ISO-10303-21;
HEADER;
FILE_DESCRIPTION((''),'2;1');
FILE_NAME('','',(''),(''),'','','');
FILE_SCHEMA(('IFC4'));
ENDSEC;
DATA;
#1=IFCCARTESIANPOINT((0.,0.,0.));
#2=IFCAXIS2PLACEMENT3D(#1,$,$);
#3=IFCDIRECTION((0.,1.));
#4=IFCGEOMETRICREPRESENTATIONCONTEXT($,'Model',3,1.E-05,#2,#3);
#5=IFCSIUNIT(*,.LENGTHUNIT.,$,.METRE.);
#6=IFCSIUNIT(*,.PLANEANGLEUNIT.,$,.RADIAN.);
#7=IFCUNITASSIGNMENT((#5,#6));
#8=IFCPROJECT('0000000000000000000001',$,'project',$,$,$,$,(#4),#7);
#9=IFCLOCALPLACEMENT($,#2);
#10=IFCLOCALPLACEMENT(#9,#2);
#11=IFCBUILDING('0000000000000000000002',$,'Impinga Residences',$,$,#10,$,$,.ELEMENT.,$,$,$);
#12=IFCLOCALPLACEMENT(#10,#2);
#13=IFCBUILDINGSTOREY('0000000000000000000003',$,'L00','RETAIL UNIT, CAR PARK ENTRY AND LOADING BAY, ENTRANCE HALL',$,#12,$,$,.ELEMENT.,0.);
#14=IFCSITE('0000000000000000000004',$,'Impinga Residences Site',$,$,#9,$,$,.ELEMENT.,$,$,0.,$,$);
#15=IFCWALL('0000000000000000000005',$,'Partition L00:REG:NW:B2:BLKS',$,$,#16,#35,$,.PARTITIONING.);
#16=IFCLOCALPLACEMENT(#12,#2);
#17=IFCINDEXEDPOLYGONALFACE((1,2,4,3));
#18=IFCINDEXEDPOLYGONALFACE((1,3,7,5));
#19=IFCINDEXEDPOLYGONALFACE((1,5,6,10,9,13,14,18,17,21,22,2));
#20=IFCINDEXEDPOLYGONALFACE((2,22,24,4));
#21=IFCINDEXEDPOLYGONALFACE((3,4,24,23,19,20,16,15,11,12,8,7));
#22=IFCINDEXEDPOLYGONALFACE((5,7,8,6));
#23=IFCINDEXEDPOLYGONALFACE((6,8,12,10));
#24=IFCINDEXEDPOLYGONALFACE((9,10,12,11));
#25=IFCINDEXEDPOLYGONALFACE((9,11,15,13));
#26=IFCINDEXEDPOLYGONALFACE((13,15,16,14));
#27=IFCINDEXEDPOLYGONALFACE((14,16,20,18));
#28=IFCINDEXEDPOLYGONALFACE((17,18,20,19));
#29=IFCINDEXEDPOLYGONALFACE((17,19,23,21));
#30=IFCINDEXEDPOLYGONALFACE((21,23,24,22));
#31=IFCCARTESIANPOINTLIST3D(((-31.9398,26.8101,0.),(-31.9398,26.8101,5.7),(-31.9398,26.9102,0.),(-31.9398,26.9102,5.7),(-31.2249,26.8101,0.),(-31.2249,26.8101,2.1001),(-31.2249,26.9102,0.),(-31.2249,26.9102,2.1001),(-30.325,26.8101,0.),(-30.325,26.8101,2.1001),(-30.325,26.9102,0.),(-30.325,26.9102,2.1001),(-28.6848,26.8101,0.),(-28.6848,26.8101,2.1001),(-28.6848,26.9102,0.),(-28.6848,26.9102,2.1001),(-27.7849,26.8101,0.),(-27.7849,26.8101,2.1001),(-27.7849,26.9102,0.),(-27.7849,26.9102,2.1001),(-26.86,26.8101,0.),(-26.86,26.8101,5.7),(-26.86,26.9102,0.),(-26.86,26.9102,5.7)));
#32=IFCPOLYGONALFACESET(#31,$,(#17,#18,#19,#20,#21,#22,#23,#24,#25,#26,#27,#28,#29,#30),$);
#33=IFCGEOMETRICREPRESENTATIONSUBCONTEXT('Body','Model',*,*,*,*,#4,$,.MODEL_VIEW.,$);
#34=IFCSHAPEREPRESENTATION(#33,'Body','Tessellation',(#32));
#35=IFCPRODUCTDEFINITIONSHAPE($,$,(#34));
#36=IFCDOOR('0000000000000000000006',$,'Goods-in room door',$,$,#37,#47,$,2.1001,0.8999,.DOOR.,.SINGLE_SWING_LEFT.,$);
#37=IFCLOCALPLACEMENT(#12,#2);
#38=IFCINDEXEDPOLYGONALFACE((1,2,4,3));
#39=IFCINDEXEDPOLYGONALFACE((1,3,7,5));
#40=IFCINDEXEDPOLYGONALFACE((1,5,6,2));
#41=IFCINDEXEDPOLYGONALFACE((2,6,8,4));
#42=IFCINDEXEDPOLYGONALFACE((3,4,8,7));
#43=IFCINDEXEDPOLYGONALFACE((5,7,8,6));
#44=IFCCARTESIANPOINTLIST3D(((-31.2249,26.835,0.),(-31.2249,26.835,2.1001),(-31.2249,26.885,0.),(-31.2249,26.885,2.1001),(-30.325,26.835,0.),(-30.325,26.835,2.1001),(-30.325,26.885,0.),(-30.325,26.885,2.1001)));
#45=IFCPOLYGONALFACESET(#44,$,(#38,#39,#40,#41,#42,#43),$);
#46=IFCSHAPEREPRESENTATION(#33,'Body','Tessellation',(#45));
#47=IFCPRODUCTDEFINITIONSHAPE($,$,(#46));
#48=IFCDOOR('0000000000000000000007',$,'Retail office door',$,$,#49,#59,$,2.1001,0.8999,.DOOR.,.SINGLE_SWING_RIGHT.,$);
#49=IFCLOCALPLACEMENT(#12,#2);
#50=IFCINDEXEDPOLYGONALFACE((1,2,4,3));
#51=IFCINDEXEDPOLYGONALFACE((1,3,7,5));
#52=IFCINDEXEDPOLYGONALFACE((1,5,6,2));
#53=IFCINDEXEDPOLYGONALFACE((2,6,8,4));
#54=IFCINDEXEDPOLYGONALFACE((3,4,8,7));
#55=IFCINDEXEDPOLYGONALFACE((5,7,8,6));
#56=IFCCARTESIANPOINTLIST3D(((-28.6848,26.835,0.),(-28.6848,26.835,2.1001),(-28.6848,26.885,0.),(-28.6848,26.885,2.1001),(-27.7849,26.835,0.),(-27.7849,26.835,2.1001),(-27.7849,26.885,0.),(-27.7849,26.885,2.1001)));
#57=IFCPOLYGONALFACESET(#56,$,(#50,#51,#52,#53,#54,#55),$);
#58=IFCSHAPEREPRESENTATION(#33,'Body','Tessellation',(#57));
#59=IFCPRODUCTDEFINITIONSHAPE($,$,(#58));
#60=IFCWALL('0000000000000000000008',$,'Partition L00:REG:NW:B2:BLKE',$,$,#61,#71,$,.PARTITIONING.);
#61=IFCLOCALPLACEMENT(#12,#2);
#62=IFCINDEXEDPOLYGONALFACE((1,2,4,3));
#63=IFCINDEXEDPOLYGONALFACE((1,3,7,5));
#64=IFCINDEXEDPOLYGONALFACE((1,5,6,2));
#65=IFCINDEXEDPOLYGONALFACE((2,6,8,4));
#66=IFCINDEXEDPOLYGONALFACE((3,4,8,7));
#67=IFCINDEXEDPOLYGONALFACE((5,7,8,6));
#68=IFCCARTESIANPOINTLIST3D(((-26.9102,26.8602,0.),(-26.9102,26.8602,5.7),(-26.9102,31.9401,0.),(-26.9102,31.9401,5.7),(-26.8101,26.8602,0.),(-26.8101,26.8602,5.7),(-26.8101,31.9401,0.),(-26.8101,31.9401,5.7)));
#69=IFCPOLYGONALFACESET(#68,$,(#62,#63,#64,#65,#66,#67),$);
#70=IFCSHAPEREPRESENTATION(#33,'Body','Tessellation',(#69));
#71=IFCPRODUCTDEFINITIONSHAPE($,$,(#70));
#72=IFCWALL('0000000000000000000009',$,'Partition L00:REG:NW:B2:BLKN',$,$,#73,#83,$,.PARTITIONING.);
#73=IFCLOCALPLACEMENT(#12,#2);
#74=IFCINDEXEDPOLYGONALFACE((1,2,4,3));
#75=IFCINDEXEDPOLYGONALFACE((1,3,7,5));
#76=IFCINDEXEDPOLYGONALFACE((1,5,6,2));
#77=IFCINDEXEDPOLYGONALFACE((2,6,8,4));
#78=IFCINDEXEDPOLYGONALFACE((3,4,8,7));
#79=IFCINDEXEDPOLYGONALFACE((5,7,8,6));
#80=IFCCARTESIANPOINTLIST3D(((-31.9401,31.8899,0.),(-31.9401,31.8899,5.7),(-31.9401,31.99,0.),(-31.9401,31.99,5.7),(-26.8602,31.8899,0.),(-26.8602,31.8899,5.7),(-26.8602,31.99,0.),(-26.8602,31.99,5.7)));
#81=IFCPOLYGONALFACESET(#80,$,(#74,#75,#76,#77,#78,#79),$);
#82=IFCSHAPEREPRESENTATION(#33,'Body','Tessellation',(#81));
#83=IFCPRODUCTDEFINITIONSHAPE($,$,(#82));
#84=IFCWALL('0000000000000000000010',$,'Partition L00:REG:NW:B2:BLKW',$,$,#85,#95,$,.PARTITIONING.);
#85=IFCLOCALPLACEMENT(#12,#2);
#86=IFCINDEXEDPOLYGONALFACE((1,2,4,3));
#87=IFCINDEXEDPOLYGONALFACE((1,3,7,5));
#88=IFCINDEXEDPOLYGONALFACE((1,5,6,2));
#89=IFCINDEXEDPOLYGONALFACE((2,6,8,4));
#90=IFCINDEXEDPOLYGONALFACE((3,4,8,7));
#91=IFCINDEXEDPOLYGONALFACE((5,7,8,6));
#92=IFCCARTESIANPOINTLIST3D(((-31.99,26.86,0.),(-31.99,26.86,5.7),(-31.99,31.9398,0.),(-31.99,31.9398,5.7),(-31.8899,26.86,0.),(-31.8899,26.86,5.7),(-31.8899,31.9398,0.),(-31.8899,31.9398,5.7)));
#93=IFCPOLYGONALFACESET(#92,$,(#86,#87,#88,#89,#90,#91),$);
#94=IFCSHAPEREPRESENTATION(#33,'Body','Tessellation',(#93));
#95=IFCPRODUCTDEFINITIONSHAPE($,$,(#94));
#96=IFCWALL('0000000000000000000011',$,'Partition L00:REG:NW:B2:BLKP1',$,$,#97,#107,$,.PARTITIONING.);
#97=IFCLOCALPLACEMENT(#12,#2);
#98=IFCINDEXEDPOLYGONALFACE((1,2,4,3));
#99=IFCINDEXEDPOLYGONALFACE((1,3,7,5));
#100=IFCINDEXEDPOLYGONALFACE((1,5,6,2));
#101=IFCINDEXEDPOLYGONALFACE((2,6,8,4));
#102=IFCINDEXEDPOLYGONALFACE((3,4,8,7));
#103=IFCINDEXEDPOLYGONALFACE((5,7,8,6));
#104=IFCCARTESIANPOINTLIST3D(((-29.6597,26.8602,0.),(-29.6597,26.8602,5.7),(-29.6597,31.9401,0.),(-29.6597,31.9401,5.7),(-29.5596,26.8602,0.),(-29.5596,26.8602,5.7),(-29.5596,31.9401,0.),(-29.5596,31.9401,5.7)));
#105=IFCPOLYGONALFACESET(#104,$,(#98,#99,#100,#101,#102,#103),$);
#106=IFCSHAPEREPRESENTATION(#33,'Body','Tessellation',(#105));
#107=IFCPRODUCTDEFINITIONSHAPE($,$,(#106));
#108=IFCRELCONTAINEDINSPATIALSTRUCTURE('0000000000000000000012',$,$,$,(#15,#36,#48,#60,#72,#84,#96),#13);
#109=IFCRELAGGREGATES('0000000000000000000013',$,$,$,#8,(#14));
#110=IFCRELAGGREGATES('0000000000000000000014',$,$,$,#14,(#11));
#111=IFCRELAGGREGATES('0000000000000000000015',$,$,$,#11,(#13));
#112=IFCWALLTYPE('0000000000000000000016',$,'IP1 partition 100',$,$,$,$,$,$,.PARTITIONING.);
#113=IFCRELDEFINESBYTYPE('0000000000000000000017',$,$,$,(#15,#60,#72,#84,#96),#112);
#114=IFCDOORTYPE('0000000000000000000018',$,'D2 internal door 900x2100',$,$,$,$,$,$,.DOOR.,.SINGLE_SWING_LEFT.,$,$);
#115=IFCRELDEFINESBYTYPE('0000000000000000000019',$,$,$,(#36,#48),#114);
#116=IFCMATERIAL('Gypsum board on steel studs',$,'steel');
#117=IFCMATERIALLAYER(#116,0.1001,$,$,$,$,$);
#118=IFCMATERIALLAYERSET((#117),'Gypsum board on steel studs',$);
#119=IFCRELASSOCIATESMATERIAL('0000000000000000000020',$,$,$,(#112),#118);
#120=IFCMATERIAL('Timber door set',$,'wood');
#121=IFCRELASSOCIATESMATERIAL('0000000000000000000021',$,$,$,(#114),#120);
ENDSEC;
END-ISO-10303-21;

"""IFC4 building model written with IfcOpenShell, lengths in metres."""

from ifc_helpers import new_model, si_unit, direction, frame, frame_2d, origin, place, context, subcontext, project, spatial, rectangle, extrude, material, layer, layer_set, type_object, element, fill, save


model = new_model("IFC4")

# Units and contexts
model_context = context("Model", 3, precision=1e-05, world=origin(), true_north=direction((0.0, 1.0)))
body_context = subcontext(model_context, "Body", "Model", "MODEL_VIEW")
ifc_project = project(units=[si_unit("LENGTHUNIT", "METRE"), si_unit("PLANEANGLEUNIT", "RADIAN")], contexts=[model_context])

# Site, building, storey
site_placement = place(None, origin())
site = spatial("IfcSite", under=ifc_project, at=site_placement, Name="Impinga Residences Site", CompositionType="ELEMENT", RefElevation=0.0)
building_placement = place(site_placement, origin())
building = spatial("IfcBuilding", under=site, at=building_placement, Name="Impinga Residences", CompositionType="ELEMENT")
storey_placement = place(building_placement, origin())
storey = spatial("IfcBuildingStorey", under=building, at=storey_placement, Name="L00", Description="RETAIL UNIT, CAR PARK ENTRY AND LOADING BAY, ENTRANCE HALL", CompositionType="ELEMENT", Elevation=0.0)

# Wall, openings, doors
ifc_material_1 = material(Name="Gypsum board on steel studs", Category="steel")
ifc_layer = layer(ifc_material_1, 0.1001)
ifc_layer_set = layer_set([ifc_layer], Name="Gypsum board on steel studs")
wall_type = type_object("IfcWallType", Name="IP1 partition 100", PredefinedType="PARTITIONING", material=ifc_layer_set)
wall_placement = place(storey_placement, frame((-31.9399, 26.8601, 0.0), z_axis=(0.0, 0.0, 1.0), x_axis=(1.0, 0.0, 0.0)))
wall = element("IfcWall", 1, at=wall_placement, inside=storey, type_object=wall_type, Name="Partition L00:REG:NW:B2:BLKS", PredefinedType="PARTITIONING", context=body_context, shape_type="SweptSolid", body=[
    extrude(rectangle(XDim=5.0798, YDim=0.1001, at=frame_2d((2.54, 0.0))), origin(), (0.0, 0.0, 1.0), 5.7),
])
opening_1_placement = place(wall_placement, frame((0.7151, 0.0, 0.0)))
opening_1 = element("IfcOpeningElement", 2, at=opening_1_placement, cuts=wall, PredefinedType="OPENING", context=body_context, shape_type="SweptSolid", body=[
    extrude(rectangle(XDim=0.8999, YDim=2.1001, at=frame_2d((0.45, 1.05))), frame((0.0, 0.0601, 0.0), z_axis=(0.0, -1.0, 0.0), x_axis=(1.0, 0.0, 0.0)), (0.0, 0.0, 1.0), 0.1201),
])
opening_2_placement = place(wall_placement, frame((3.2551, 0.0, 0.0)))
opening_2 = element("IfcOpeningElement", 3, at=opening_2_placement, cuts=wall, PredefinedType="OPENING", context=body_context, shape_type="SweptSolid", body=[
    extrude(rectangle(XDim=0.8999, YDim=2.1001, at=frame_2d((0.45, 1.05))), frame((0.0, 0.0601, 0.0), z_axis=(0.0, -1.0, 0.0), x_axis=(1.0, 0.0, 0.0)), (0.0, 0.0, 1.0), 0.1201),
])
ifc_material_2 = material(Name="Timber door set", Category="wood")
door_type = type_object("IfcDoorType", Name="D2 internal door 900x2100", OperationType="SINGLE_SWING_LEFT", PredefinedType="DOOR", material=ifc_material_2)
door_1_placement = place(opening_1_placement, origin())
door_1 = element("IfcDoor", 4, at=door_1_placement, inside=storey, type_object=door_type, Name="Goods-in room door", OperationType="SINGLE_SWING_LEFT", OverallHeight=2.1001, OverallWidth=0.8999, PredefinedType="DOOR", context=body_context, shape_type="SweptSolid", body=[
    extrude(rectangle(XDim=0.8999, YDim=2.1001, at=frame_2d((0.45, 1.05))), frame((0.0, 0.0249, 0.0), z_axis=(0.0, -1.0, 0.0), x_axis=(1.0, 0.0, 0.0)), (0.0, 0.0, 1.0), 0.05),
])
fill(opening_1, door_1)
door_2_placement = place(opening_2_placement, origin())
door_2 = element("IfcDoor", 5, at=door_2_placement, inside=storey, type_object=door_type, Name="Retail office door", OperationType="SINGLE_SWING_RIGHT", OverallHeight=2.1001, OverallWidth=0.8999, PredefinedType="DOOR", context=body_context, shape_type="SweptSolid", body=[
    extrude(rectangle(XDim=0.8999, YDim=2.1001, at=frame_2d((0.45, 1.05))), frame((0.0, 0.0249, 0.0), z_axis=(0.0, -1.0, 0.0), x_axis=(1.0, 0.0, 0.0)), (0.0, 0.0, 1.0), 0.05),
])
fill(opening_2, door_2)

# Walls
for number, where, z_axis, x_axis, name in (
    (6, (-26.8601, 26.8601, 0.0), (0.0, 0.0, 1.0), (0.0, 1.0, 0.0), "Partition L00:REG:NW:B2:BLKE"),
    (7, (-26.8601, 31.9399, 0.0), (0.0, 0.0, 1.0), (-1.0, 0.0, 0.0), "Partition L00:REG:NW:B2:BLKN"),
    (8, (-31.9399, 31.9399, 0.0), (0.0, 0.0, 1.0), (0.0, -1.0, 0.0), "Partition L00:REG:NW:B2:BLKW"),
    (9, (-29.6096, 26.8601, 0.0), (0.0, 0.0, 1.0), (0.0, 1.0, 0.0), "Partition L00:REG:NW:B2:BLKP1"),
):
    element("IfcWall", number, at=place(storey_placement, frame(where, z_axis=z_axis, x_axis=x_axis)), inside=storey, type_object=wall_type, Name=name, PredefinedType="PARTITIONING", context=body_context, shape_type="SweptSolid", body=[
        extrude(rectangle(XDim=5.0798, YDim=0.1001, at=frame_2d((2.54, 0.0))), origin(), (0.0, 0.0, 1.0), 5.7),
    ])

save(model, "model.ifc")
